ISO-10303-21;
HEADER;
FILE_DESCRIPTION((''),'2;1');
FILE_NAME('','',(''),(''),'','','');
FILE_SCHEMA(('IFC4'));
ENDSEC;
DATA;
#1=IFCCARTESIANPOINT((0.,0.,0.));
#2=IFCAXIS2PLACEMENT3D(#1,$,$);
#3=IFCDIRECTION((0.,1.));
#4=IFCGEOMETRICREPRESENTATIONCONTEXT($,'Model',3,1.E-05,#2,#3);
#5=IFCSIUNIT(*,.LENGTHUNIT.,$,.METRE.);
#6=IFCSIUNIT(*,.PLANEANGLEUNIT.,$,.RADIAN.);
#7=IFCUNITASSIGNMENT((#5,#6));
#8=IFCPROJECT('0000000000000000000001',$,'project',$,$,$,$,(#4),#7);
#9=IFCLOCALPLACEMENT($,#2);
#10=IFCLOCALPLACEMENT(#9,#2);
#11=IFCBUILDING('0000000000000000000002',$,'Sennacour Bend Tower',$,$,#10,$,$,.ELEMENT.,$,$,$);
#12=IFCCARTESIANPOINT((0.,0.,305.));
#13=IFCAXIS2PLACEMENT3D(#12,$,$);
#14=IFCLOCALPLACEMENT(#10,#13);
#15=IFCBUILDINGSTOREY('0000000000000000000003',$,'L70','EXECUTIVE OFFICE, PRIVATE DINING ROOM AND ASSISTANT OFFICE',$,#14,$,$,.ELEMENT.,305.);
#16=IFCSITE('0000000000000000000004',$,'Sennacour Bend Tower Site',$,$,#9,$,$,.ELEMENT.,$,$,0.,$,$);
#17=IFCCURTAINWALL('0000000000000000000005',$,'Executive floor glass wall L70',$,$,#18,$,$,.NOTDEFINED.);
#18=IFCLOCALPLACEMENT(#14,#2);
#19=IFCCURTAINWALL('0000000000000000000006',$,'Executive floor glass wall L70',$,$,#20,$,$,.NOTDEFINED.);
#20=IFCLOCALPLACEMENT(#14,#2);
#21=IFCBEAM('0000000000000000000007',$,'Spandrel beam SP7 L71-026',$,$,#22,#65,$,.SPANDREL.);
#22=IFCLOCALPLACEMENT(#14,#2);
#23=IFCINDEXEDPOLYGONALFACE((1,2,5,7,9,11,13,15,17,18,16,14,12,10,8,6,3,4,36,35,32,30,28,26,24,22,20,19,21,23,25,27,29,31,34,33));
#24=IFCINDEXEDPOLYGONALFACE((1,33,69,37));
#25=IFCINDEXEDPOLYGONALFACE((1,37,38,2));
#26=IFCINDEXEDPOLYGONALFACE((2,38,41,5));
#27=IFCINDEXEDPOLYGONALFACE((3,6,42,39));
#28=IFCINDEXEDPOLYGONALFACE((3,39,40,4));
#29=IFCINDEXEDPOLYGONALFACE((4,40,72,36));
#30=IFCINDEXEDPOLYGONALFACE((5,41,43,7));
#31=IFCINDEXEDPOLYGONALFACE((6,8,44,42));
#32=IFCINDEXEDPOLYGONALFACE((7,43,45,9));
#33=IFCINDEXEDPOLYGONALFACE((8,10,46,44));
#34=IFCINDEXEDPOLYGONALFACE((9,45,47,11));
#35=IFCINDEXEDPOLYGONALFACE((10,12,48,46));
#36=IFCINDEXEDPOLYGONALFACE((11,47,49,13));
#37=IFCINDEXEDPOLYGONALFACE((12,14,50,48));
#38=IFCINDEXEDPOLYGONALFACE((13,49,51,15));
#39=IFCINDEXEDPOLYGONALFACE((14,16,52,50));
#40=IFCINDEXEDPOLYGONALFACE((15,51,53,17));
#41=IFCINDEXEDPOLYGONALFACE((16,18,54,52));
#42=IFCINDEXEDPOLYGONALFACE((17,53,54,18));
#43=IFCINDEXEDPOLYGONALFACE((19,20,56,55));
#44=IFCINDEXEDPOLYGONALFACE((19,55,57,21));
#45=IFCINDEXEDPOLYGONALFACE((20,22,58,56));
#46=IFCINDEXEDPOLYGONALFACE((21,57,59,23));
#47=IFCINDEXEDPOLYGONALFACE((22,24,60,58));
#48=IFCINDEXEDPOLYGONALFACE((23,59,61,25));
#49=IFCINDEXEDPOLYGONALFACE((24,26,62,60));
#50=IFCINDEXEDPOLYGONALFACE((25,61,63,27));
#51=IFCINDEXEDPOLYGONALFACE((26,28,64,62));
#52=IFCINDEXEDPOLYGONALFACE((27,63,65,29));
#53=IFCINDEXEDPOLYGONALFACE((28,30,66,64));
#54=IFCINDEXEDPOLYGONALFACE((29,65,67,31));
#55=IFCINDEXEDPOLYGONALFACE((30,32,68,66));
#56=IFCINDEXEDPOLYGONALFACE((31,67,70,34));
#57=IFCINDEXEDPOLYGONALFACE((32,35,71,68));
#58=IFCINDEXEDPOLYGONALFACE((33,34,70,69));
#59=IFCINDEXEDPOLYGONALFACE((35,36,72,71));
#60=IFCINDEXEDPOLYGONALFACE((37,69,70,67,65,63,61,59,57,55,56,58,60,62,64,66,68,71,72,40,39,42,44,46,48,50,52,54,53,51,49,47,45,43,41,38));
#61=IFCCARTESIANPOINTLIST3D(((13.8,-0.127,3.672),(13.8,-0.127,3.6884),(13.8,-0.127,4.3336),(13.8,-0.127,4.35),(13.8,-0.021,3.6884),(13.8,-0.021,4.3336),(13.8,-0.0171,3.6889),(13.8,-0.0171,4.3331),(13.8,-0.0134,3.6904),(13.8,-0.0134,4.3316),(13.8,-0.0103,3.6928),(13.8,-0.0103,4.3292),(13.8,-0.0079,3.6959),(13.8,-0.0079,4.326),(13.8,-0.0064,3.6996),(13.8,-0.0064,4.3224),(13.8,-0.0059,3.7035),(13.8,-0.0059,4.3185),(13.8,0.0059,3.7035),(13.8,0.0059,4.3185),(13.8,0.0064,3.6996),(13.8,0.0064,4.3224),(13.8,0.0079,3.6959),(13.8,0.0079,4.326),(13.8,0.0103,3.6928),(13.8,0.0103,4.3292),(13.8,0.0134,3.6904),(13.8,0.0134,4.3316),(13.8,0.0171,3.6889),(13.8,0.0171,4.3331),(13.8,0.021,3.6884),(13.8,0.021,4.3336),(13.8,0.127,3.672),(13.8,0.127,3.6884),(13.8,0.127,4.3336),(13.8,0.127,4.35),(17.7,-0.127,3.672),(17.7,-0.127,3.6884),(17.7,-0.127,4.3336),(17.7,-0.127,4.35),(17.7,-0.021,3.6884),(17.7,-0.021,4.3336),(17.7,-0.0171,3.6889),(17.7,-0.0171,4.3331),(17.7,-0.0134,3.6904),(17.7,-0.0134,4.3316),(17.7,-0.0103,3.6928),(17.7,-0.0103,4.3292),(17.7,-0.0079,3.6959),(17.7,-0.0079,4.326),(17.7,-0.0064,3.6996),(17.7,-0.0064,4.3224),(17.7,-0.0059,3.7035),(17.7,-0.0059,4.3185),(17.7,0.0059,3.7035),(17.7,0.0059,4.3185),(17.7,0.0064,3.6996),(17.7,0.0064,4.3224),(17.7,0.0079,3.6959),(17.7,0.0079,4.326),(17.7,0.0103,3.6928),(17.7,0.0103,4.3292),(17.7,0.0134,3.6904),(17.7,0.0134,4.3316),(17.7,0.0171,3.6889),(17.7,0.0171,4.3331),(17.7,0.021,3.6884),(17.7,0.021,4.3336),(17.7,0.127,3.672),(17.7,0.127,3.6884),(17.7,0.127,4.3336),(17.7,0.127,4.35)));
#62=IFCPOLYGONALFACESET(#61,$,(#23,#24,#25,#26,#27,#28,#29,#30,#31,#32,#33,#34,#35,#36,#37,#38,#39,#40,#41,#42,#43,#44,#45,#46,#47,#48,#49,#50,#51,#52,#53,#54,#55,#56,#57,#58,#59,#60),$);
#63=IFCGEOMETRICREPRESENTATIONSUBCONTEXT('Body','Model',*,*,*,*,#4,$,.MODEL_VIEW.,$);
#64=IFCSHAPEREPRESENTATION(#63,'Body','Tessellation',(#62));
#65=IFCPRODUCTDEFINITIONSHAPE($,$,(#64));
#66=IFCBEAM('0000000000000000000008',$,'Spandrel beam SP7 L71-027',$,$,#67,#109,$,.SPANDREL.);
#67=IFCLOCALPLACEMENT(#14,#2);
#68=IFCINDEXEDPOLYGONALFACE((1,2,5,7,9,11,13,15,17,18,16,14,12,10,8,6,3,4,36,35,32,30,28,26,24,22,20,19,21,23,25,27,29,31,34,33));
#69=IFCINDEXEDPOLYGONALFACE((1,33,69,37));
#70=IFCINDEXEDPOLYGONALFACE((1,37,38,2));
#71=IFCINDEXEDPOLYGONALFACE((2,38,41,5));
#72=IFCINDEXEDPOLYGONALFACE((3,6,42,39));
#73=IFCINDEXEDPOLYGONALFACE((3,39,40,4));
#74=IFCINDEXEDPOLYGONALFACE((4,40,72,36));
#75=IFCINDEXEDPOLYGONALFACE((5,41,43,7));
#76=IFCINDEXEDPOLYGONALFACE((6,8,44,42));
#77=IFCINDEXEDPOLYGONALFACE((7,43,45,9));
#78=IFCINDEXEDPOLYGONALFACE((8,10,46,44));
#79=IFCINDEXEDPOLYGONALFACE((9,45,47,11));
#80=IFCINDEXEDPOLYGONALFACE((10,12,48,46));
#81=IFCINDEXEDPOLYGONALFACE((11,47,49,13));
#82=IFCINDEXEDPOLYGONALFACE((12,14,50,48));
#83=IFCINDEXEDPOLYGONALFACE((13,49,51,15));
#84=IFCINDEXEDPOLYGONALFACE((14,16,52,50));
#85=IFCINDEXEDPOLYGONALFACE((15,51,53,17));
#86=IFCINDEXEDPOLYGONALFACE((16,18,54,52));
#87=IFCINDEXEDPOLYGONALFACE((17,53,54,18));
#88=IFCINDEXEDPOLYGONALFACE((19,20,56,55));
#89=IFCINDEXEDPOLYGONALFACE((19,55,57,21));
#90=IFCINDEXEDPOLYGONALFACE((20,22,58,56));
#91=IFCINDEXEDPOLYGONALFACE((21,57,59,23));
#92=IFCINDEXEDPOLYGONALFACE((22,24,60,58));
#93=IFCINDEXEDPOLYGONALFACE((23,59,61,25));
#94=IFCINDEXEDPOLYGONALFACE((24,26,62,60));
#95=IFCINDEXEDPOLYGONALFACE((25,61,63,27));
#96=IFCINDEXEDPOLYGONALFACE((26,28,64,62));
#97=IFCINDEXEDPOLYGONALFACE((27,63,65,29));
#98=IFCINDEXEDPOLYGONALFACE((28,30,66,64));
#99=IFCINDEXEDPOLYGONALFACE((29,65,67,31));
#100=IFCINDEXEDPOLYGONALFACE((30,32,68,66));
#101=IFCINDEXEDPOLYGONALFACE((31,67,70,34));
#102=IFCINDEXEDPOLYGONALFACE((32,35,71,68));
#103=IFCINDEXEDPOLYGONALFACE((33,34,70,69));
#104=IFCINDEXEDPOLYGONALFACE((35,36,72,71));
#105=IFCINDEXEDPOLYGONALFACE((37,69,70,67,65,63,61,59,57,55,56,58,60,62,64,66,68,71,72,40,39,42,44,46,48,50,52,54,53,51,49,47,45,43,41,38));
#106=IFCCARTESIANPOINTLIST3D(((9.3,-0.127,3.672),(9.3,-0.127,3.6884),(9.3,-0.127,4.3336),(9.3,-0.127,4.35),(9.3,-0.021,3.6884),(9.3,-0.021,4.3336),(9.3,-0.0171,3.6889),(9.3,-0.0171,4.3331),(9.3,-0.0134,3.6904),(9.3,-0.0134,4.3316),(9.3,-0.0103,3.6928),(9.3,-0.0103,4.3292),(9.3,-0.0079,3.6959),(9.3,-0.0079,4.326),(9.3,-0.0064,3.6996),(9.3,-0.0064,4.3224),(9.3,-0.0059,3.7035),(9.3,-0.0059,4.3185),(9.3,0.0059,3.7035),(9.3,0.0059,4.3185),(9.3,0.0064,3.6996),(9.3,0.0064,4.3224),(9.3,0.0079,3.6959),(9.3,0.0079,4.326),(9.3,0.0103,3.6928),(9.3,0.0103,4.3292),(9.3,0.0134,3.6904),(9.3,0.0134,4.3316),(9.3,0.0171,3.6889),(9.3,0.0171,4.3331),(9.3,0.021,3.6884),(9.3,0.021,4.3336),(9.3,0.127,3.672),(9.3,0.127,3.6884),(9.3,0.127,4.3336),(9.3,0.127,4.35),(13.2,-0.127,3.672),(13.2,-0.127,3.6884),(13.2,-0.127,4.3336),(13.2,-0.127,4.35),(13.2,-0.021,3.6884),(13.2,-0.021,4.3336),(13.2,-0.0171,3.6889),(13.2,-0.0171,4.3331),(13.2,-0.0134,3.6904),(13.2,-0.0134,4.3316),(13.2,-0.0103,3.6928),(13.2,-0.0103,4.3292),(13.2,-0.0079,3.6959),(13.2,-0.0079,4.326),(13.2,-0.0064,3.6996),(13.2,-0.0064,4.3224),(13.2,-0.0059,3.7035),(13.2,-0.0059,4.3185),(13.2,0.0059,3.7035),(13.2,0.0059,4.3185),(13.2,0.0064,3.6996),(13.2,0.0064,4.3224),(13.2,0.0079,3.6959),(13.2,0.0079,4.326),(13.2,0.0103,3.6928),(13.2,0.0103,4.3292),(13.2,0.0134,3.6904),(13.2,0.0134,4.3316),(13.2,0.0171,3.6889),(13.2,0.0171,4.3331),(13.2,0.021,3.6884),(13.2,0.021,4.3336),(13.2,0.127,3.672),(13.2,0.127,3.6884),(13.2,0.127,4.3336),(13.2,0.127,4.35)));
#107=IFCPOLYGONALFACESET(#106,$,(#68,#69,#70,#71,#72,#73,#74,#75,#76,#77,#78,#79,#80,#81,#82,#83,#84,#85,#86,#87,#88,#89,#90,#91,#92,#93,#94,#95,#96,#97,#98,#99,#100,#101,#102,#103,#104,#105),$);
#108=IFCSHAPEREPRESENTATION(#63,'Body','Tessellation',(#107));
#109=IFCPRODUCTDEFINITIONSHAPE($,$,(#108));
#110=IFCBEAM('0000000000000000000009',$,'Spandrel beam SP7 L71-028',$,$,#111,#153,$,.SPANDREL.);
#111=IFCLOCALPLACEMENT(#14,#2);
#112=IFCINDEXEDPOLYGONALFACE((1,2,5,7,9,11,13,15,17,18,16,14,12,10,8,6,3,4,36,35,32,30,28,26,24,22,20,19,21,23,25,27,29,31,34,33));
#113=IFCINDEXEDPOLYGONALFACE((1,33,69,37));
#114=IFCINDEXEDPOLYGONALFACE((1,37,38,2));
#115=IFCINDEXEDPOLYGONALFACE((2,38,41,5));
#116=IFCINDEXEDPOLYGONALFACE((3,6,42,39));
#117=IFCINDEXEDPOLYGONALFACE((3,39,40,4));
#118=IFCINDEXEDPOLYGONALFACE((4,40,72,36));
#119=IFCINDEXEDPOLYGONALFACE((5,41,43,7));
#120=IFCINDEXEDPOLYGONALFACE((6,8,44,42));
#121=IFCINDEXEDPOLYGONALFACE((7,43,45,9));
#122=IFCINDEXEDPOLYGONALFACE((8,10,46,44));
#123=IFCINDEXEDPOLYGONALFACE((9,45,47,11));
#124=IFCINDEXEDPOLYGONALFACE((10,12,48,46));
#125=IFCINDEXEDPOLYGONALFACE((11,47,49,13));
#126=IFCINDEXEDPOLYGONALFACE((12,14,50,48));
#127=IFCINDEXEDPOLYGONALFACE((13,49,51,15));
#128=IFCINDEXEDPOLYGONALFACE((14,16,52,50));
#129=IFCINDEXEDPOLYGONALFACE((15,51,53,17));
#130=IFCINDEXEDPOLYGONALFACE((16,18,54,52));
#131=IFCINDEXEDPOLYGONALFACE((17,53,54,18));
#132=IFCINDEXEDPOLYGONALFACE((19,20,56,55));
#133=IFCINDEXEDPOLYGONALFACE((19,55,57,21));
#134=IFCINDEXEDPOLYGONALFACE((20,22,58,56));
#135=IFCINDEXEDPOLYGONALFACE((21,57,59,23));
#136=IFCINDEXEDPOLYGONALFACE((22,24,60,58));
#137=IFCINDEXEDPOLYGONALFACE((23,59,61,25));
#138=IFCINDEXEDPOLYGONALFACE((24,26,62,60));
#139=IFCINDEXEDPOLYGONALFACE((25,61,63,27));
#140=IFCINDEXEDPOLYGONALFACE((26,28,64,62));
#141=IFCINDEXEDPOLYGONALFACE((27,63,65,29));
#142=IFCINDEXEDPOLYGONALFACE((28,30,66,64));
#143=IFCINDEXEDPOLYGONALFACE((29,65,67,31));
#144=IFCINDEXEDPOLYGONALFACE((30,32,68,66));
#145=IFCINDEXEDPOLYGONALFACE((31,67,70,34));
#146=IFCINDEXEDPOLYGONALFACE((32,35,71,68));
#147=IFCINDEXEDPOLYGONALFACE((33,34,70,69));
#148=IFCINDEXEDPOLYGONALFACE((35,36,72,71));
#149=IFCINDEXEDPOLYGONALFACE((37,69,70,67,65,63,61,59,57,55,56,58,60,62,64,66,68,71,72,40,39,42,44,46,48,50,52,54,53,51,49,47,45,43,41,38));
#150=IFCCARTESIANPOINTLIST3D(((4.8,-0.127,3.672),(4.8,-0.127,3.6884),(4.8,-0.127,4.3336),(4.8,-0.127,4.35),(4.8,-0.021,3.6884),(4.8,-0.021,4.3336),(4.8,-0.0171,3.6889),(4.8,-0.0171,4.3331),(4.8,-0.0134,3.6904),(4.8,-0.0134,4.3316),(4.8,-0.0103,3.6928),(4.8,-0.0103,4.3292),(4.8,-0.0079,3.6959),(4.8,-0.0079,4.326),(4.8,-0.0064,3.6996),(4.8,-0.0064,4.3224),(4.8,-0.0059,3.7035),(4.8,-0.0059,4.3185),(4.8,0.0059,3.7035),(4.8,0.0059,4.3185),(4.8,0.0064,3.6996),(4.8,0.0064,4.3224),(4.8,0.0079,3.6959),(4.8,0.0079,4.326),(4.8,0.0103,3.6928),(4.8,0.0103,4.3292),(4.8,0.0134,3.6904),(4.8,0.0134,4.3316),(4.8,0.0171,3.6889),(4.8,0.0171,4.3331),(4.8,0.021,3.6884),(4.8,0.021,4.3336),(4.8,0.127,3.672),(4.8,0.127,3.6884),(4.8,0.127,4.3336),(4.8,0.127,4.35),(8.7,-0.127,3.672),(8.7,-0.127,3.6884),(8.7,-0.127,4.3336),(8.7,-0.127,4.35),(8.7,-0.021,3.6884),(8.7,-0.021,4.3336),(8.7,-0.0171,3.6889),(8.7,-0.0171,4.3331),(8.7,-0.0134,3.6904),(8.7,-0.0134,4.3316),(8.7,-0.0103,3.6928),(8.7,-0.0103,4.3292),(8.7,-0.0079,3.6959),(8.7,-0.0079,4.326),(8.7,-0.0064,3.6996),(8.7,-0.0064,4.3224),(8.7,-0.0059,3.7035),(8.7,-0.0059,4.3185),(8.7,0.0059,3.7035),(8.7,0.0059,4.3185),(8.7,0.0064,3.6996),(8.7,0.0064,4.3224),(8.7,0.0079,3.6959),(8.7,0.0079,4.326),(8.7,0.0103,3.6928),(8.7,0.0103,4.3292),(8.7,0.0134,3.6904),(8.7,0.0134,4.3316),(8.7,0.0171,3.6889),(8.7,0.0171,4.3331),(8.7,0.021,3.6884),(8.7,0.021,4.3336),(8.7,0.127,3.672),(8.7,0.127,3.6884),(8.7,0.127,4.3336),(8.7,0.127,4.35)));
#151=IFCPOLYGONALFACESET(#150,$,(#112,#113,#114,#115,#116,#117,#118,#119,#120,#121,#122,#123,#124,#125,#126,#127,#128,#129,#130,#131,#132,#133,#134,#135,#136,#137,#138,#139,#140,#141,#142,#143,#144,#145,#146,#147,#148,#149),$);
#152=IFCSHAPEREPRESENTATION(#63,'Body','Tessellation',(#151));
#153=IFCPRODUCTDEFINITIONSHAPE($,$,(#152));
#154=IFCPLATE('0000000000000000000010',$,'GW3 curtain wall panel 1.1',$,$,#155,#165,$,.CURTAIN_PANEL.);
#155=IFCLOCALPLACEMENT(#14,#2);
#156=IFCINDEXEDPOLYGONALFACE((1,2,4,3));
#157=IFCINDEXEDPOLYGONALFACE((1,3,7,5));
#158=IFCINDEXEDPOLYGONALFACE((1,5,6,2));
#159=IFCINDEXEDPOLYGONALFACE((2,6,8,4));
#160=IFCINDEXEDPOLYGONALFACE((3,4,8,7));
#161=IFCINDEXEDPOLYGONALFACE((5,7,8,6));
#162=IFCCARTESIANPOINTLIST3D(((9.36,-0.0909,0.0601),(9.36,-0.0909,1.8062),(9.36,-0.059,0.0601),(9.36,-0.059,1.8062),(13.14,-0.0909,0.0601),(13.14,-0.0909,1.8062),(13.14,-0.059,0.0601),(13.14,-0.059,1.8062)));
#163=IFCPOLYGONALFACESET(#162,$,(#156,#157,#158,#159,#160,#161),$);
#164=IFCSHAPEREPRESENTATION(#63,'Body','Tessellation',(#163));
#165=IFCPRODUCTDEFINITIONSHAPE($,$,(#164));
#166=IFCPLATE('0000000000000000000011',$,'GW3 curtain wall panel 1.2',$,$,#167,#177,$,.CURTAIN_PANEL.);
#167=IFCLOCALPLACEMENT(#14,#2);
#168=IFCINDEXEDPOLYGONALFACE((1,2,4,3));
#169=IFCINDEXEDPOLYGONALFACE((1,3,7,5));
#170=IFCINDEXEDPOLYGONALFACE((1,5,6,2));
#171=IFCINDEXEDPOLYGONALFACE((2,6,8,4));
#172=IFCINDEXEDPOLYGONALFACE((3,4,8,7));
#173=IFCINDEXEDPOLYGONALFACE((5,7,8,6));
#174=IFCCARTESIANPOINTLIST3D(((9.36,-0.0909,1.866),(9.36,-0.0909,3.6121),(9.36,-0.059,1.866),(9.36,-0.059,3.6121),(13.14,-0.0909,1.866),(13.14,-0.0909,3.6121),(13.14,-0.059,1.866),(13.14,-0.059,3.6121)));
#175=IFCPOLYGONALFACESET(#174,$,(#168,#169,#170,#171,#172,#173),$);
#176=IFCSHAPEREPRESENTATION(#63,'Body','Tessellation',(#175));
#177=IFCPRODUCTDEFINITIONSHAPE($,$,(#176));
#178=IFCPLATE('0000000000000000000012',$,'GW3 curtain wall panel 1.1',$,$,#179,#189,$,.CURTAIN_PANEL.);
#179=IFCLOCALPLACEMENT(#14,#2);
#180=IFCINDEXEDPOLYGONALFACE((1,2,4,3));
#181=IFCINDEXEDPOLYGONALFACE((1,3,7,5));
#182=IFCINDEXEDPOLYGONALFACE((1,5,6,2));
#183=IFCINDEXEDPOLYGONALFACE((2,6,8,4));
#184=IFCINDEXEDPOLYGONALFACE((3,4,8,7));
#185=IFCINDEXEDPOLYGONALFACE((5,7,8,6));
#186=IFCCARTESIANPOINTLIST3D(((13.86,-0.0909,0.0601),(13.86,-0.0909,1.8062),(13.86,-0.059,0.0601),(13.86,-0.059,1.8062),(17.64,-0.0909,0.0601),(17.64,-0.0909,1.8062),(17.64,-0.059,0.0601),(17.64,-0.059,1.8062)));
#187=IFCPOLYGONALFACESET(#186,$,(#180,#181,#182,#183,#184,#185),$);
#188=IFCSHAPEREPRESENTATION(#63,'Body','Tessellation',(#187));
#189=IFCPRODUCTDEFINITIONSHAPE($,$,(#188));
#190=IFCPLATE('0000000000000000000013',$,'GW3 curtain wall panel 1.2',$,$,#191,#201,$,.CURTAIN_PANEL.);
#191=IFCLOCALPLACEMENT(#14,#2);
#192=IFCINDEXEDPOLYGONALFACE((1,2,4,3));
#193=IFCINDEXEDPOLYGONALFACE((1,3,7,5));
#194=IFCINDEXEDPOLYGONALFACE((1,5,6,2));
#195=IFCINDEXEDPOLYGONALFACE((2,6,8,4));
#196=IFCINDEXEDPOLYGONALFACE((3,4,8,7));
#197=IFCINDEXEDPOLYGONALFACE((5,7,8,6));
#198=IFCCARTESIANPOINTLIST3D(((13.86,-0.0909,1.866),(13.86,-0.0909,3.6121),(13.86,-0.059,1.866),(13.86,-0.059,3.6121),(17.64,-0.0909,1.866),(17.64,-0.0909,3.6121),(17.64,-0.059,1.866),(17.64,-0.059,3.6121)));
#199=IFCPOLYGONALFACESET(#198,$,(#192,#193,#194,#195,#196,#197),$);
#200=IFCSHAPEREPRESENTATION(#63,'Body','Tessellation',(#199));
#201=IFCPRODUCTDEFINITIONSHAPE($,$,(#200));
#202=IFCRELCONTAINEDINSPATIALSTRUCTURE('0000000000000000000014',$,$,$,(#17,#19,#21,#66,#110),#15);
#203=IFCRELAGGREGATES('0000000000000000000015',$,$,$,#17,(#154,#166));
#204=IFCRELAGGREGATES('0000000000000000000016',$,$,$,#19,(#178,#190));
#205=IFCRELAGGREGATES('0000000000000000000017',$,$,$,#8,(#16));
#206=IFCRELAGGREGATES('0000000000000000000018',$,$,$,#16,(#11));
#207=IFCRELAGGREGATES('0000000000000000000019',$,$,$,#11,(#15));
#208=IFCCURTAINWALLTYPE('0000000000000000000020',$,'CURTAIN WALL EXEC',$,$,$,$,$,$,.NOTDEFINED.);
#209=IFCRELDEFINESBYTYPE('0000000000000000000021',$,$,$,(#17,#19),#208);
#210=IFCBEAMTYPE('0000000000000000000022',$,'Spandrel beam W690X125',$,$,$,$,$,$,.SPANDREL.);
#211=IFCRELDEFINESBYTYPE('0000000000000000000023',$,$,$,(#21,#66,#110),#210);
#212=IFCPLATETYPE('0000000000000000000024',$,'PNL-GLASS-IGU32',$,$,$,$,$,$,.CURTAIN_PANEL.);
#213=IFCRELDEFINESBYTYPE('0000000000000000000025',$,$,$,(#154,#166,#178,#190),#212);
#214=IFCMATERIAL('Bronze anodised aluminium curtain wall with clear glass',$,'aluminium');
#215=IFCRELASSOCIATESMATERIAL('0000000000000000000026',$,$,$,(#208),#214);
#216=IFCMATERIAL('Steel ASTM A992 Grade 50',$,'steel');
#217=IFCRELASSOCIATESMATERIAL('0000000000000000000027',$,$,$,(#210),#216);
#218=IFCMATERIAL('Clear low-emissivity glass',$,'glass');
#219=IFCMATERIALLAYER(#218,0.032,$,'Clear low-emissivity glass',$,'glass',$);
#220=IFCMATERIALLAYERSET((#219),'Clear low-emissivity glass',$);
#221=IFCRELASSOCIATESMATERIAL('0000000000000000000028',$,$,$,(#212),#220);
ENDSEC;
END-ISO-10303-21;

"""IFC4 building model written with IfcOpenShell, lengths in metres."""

from ifc_helpers import new_model, si_unit, direction, frame, origin, origin_2d, place, context, subcontext, project, spatial, rectangle, i_section, extrude, material, layer, layer_set, material_profile, profile_set, type_object, element, aggregate, save


model = new_model("IFC4")

# Units and contexts
model_context = context("Model", 3, precision=1e-05, world=origin(), true_north=direction((0.0, 1.0)))
body_context = subcontext(model_context, "Body", "Model", "MODEL_VIEW")
ifc_project = project(units=[si_unit("LENGTHUNIT", "METRE"), si_unit("PLANEANGLEUNIT", "RADIAN")], contexts=[model_context])

# Site, building, storey
site_placement = place(None, origin())
site = spatial("IfcSite", under=ifc_project, at=site_placement, Name="Sennacour Bend Tower Site", CompositionType="ELEMENT", RefElevation=0.0)
building_placement = place(site_placement, origin())
building = spatial("IfcBuilding", under=site, at=building_placement, Name="Sennacour Bend Tower", CompositionType="ELEMENT")
storey_placement = place(building_placement, frame((0.0, 0.0, 305.0)))
storey = spatial("IfcBuildingStorey", under=building, at=storey_placement, Name="L70", Description="EXECUTIVE OFFICE, PRIVATE DINING ROOM AND ASSISTANT OFFICE", CompositionType="ELEMENT", Elevation=305.0)

# Shared definitions
ifc_material_1 = material(Name="Bronze anodised aluminium curtain wall with clear glass", Category="aluminium")
curtain_wall_type = type_object("IfcCurtainWallType", Name="CURTAIN WALL EXEC", PredefinedType="NOTDEFINED", material=ifc_material_1)

# Curtain walls
curtain_wall_1_placement = place(storey_placement, origin())
curtain_wall_1 = element("IfcCurtainWall", 1, at=curtain_wall_1_placement, inside=storey, type_object=curtain_wall_type, Name="Executive floor glass wall L70", PredefinedType="NOTDEFINED")
curtain_wall_2_placement = place(storey_placement, origin())
curtain_wall_2 = element("IfcCurtainWall", 2, at=curtain_wall_2_placement, inside=storey, type_object=curtain_wall_type, Name="Executive floor glass wall L70", PredefinedType="NOTDEFINED")

# Beams
ifc_material_2 = material(Name="Steel ASTM A992 Grade 50", Category="steel")
ifc_material_profile_1 = material_profile(ifc_material_2, i_section(OverallWidth=0.2539, OverallDepth=0.678, WebThickness=0.0117, FlangeThickness=0.0164, FilletRadius=0.0151, at=origin_2d()), Name="Steel ASTM A992 Grade 50", Category="steel")
ifc_profile_set_1 = profile_set([ifc_material_profile_1], Name="Steel ASTM A992 Grade 50")
beam_type_1 = type_object("IfcBeamType", Name="Spandrel beam W690X125", PredefinedType="SPANDREL", material=ifc_profile_set_1)
for number, where, z_axis, x_axis, name in (
    (3, (17.7, 0.0, 4.011), (-1.0, 0.0, 0.0), (0.0, -1.0, 0.0), "Spandrel beam SP7 L71-026"),
    (4, (13.2, 0.0, 4.011), (-1.0, 0.0, 0.0), (0.0, -1.0, 0.0), "Spandrel beam SP7 L71-027"),
    (5, (8.7, 0.0, 4.011), (-1.0, 0.0, 0.0), (0.0, -1.0, 0.0), "Spandrel beam SP7 L71-028"),
):
    element("IfcBeam", number, at=place(storey_placement, frame(where, z_axis=z_axis, x_axis=x_axis)), inside=storey, type_object=beam_type_1, Name=name, PredefinedType="SPANDREL", context=body_context, shape_type="SweptSolid", body=[
        extrude(i_section(OverallWidth=0.2539, OverallDepth=0.678, WebThickness=0.0117, FlangeThickness=0.0164, FilletRadius=0.0151, at=origin_2d()), origin(), (0.0, 0.0, 1.0), 3.8999),
    ])

# Plates
ifc_material_3 = material(Name="Clear low-emissivity glass", Category="glass")
ifc_layer_1 = layer(ifc_material_3, 0.032, Name="Clear low-emissivity glass", Category="glass")
ifc_layer_set_1 = layer_set([ifc_layer_1], Name="Clear low-emissivity glass")
plate_type = type_object("IfcPlateType", Name="PNL-GLASS-IGU32", PredefinedType="CURTAIN_PANEL", material=ifc_layer_set_1)
plate_1_placement = place(storey_placement, frame((11.25, -0.075, 0.0601), z_axis=(0.0, 0.0, 1.0), x_axis=(1.0, 0.0, 0.0)))
plate_1 = element("IfcPlate", 6, at=plate_1_placement, type_object=plate_type, Name="GW3 curtain wall panel 1.1", PredefinedType="CURTAIN_PANEL", context=body_context, shape_type="SweptSolid", body=[
    extrude(rectangle(XDim=3.78, YDim=0.032, at=origin_2d()), origin(), (0.0, 0.0, 1.0), 1.7461),
])
plate_2_placement = place(storey_placement, frame((11.25, -0.075, 1.866), z_axis=(0.0, 0.0, 1.0), x_axis=(1.0, 0.0, 0.0)))
plate_2 = element("IfcPlate", 7, at=plate_2_placement, type_object=plate_type, Name="GW3 curtain wall panel 1.2", PredefinedType="CURTAIN_PANEL", context=body_context, shape_type="SweptSolid", body=[
    extrude(rectangle(XDim=3.78, YDim=0.032, at=origin_2d()), origin(), (0.0, 0.0, 1.0), 1.7461),
])
aggregate(curtain_wall_1, [plate_1, plate_2])
plate_3_placement = place(storey_placement, frame((15.75, -0.075, 0.0601), z_axis=(0.0, 0.0, 1.0), x_axis=(1.0, 0.0, 0.0)))
plate_3 = element("IfcPlate", 8, at=plate_3_placement, type_object=plate_type, Name="GW3 curtain wall panel 1.1", PredefinedType="CURTAIN_PANEL", context=body_context, shape_type="SweptSolid", body=[
    extrude(rectangle(XDim=3.78, YDim=0.032, at=origin_2d()), origin(), (0.0, 0.0, 1.0), 1.7461),
])
plate_4_placement = place(storey_placement, frame((15.75, -0.075, 1.866), z_axis=(0.0, 0.0, 1.0), x_axis=(1.0, 0.0, 0.0)))
plate_4 = element("IfcPlate", 9, at=plate_4_placement, type_object=plate_type, Name="GW3 curtain wall panel 1.2", PredefinedType="CURTAIN_PANEL", context=body_context, shape_type="SweptSolid", body=[
    extrude(rectangle(XDim=3.78, YDim=0.032, at=origin_2d()), origin(), (0.0, 0.0, 1.0), 1.7461),
])
aggregate(curtain_wall_2, [plate_3, plate_4])

save(model, "model.ifc")
